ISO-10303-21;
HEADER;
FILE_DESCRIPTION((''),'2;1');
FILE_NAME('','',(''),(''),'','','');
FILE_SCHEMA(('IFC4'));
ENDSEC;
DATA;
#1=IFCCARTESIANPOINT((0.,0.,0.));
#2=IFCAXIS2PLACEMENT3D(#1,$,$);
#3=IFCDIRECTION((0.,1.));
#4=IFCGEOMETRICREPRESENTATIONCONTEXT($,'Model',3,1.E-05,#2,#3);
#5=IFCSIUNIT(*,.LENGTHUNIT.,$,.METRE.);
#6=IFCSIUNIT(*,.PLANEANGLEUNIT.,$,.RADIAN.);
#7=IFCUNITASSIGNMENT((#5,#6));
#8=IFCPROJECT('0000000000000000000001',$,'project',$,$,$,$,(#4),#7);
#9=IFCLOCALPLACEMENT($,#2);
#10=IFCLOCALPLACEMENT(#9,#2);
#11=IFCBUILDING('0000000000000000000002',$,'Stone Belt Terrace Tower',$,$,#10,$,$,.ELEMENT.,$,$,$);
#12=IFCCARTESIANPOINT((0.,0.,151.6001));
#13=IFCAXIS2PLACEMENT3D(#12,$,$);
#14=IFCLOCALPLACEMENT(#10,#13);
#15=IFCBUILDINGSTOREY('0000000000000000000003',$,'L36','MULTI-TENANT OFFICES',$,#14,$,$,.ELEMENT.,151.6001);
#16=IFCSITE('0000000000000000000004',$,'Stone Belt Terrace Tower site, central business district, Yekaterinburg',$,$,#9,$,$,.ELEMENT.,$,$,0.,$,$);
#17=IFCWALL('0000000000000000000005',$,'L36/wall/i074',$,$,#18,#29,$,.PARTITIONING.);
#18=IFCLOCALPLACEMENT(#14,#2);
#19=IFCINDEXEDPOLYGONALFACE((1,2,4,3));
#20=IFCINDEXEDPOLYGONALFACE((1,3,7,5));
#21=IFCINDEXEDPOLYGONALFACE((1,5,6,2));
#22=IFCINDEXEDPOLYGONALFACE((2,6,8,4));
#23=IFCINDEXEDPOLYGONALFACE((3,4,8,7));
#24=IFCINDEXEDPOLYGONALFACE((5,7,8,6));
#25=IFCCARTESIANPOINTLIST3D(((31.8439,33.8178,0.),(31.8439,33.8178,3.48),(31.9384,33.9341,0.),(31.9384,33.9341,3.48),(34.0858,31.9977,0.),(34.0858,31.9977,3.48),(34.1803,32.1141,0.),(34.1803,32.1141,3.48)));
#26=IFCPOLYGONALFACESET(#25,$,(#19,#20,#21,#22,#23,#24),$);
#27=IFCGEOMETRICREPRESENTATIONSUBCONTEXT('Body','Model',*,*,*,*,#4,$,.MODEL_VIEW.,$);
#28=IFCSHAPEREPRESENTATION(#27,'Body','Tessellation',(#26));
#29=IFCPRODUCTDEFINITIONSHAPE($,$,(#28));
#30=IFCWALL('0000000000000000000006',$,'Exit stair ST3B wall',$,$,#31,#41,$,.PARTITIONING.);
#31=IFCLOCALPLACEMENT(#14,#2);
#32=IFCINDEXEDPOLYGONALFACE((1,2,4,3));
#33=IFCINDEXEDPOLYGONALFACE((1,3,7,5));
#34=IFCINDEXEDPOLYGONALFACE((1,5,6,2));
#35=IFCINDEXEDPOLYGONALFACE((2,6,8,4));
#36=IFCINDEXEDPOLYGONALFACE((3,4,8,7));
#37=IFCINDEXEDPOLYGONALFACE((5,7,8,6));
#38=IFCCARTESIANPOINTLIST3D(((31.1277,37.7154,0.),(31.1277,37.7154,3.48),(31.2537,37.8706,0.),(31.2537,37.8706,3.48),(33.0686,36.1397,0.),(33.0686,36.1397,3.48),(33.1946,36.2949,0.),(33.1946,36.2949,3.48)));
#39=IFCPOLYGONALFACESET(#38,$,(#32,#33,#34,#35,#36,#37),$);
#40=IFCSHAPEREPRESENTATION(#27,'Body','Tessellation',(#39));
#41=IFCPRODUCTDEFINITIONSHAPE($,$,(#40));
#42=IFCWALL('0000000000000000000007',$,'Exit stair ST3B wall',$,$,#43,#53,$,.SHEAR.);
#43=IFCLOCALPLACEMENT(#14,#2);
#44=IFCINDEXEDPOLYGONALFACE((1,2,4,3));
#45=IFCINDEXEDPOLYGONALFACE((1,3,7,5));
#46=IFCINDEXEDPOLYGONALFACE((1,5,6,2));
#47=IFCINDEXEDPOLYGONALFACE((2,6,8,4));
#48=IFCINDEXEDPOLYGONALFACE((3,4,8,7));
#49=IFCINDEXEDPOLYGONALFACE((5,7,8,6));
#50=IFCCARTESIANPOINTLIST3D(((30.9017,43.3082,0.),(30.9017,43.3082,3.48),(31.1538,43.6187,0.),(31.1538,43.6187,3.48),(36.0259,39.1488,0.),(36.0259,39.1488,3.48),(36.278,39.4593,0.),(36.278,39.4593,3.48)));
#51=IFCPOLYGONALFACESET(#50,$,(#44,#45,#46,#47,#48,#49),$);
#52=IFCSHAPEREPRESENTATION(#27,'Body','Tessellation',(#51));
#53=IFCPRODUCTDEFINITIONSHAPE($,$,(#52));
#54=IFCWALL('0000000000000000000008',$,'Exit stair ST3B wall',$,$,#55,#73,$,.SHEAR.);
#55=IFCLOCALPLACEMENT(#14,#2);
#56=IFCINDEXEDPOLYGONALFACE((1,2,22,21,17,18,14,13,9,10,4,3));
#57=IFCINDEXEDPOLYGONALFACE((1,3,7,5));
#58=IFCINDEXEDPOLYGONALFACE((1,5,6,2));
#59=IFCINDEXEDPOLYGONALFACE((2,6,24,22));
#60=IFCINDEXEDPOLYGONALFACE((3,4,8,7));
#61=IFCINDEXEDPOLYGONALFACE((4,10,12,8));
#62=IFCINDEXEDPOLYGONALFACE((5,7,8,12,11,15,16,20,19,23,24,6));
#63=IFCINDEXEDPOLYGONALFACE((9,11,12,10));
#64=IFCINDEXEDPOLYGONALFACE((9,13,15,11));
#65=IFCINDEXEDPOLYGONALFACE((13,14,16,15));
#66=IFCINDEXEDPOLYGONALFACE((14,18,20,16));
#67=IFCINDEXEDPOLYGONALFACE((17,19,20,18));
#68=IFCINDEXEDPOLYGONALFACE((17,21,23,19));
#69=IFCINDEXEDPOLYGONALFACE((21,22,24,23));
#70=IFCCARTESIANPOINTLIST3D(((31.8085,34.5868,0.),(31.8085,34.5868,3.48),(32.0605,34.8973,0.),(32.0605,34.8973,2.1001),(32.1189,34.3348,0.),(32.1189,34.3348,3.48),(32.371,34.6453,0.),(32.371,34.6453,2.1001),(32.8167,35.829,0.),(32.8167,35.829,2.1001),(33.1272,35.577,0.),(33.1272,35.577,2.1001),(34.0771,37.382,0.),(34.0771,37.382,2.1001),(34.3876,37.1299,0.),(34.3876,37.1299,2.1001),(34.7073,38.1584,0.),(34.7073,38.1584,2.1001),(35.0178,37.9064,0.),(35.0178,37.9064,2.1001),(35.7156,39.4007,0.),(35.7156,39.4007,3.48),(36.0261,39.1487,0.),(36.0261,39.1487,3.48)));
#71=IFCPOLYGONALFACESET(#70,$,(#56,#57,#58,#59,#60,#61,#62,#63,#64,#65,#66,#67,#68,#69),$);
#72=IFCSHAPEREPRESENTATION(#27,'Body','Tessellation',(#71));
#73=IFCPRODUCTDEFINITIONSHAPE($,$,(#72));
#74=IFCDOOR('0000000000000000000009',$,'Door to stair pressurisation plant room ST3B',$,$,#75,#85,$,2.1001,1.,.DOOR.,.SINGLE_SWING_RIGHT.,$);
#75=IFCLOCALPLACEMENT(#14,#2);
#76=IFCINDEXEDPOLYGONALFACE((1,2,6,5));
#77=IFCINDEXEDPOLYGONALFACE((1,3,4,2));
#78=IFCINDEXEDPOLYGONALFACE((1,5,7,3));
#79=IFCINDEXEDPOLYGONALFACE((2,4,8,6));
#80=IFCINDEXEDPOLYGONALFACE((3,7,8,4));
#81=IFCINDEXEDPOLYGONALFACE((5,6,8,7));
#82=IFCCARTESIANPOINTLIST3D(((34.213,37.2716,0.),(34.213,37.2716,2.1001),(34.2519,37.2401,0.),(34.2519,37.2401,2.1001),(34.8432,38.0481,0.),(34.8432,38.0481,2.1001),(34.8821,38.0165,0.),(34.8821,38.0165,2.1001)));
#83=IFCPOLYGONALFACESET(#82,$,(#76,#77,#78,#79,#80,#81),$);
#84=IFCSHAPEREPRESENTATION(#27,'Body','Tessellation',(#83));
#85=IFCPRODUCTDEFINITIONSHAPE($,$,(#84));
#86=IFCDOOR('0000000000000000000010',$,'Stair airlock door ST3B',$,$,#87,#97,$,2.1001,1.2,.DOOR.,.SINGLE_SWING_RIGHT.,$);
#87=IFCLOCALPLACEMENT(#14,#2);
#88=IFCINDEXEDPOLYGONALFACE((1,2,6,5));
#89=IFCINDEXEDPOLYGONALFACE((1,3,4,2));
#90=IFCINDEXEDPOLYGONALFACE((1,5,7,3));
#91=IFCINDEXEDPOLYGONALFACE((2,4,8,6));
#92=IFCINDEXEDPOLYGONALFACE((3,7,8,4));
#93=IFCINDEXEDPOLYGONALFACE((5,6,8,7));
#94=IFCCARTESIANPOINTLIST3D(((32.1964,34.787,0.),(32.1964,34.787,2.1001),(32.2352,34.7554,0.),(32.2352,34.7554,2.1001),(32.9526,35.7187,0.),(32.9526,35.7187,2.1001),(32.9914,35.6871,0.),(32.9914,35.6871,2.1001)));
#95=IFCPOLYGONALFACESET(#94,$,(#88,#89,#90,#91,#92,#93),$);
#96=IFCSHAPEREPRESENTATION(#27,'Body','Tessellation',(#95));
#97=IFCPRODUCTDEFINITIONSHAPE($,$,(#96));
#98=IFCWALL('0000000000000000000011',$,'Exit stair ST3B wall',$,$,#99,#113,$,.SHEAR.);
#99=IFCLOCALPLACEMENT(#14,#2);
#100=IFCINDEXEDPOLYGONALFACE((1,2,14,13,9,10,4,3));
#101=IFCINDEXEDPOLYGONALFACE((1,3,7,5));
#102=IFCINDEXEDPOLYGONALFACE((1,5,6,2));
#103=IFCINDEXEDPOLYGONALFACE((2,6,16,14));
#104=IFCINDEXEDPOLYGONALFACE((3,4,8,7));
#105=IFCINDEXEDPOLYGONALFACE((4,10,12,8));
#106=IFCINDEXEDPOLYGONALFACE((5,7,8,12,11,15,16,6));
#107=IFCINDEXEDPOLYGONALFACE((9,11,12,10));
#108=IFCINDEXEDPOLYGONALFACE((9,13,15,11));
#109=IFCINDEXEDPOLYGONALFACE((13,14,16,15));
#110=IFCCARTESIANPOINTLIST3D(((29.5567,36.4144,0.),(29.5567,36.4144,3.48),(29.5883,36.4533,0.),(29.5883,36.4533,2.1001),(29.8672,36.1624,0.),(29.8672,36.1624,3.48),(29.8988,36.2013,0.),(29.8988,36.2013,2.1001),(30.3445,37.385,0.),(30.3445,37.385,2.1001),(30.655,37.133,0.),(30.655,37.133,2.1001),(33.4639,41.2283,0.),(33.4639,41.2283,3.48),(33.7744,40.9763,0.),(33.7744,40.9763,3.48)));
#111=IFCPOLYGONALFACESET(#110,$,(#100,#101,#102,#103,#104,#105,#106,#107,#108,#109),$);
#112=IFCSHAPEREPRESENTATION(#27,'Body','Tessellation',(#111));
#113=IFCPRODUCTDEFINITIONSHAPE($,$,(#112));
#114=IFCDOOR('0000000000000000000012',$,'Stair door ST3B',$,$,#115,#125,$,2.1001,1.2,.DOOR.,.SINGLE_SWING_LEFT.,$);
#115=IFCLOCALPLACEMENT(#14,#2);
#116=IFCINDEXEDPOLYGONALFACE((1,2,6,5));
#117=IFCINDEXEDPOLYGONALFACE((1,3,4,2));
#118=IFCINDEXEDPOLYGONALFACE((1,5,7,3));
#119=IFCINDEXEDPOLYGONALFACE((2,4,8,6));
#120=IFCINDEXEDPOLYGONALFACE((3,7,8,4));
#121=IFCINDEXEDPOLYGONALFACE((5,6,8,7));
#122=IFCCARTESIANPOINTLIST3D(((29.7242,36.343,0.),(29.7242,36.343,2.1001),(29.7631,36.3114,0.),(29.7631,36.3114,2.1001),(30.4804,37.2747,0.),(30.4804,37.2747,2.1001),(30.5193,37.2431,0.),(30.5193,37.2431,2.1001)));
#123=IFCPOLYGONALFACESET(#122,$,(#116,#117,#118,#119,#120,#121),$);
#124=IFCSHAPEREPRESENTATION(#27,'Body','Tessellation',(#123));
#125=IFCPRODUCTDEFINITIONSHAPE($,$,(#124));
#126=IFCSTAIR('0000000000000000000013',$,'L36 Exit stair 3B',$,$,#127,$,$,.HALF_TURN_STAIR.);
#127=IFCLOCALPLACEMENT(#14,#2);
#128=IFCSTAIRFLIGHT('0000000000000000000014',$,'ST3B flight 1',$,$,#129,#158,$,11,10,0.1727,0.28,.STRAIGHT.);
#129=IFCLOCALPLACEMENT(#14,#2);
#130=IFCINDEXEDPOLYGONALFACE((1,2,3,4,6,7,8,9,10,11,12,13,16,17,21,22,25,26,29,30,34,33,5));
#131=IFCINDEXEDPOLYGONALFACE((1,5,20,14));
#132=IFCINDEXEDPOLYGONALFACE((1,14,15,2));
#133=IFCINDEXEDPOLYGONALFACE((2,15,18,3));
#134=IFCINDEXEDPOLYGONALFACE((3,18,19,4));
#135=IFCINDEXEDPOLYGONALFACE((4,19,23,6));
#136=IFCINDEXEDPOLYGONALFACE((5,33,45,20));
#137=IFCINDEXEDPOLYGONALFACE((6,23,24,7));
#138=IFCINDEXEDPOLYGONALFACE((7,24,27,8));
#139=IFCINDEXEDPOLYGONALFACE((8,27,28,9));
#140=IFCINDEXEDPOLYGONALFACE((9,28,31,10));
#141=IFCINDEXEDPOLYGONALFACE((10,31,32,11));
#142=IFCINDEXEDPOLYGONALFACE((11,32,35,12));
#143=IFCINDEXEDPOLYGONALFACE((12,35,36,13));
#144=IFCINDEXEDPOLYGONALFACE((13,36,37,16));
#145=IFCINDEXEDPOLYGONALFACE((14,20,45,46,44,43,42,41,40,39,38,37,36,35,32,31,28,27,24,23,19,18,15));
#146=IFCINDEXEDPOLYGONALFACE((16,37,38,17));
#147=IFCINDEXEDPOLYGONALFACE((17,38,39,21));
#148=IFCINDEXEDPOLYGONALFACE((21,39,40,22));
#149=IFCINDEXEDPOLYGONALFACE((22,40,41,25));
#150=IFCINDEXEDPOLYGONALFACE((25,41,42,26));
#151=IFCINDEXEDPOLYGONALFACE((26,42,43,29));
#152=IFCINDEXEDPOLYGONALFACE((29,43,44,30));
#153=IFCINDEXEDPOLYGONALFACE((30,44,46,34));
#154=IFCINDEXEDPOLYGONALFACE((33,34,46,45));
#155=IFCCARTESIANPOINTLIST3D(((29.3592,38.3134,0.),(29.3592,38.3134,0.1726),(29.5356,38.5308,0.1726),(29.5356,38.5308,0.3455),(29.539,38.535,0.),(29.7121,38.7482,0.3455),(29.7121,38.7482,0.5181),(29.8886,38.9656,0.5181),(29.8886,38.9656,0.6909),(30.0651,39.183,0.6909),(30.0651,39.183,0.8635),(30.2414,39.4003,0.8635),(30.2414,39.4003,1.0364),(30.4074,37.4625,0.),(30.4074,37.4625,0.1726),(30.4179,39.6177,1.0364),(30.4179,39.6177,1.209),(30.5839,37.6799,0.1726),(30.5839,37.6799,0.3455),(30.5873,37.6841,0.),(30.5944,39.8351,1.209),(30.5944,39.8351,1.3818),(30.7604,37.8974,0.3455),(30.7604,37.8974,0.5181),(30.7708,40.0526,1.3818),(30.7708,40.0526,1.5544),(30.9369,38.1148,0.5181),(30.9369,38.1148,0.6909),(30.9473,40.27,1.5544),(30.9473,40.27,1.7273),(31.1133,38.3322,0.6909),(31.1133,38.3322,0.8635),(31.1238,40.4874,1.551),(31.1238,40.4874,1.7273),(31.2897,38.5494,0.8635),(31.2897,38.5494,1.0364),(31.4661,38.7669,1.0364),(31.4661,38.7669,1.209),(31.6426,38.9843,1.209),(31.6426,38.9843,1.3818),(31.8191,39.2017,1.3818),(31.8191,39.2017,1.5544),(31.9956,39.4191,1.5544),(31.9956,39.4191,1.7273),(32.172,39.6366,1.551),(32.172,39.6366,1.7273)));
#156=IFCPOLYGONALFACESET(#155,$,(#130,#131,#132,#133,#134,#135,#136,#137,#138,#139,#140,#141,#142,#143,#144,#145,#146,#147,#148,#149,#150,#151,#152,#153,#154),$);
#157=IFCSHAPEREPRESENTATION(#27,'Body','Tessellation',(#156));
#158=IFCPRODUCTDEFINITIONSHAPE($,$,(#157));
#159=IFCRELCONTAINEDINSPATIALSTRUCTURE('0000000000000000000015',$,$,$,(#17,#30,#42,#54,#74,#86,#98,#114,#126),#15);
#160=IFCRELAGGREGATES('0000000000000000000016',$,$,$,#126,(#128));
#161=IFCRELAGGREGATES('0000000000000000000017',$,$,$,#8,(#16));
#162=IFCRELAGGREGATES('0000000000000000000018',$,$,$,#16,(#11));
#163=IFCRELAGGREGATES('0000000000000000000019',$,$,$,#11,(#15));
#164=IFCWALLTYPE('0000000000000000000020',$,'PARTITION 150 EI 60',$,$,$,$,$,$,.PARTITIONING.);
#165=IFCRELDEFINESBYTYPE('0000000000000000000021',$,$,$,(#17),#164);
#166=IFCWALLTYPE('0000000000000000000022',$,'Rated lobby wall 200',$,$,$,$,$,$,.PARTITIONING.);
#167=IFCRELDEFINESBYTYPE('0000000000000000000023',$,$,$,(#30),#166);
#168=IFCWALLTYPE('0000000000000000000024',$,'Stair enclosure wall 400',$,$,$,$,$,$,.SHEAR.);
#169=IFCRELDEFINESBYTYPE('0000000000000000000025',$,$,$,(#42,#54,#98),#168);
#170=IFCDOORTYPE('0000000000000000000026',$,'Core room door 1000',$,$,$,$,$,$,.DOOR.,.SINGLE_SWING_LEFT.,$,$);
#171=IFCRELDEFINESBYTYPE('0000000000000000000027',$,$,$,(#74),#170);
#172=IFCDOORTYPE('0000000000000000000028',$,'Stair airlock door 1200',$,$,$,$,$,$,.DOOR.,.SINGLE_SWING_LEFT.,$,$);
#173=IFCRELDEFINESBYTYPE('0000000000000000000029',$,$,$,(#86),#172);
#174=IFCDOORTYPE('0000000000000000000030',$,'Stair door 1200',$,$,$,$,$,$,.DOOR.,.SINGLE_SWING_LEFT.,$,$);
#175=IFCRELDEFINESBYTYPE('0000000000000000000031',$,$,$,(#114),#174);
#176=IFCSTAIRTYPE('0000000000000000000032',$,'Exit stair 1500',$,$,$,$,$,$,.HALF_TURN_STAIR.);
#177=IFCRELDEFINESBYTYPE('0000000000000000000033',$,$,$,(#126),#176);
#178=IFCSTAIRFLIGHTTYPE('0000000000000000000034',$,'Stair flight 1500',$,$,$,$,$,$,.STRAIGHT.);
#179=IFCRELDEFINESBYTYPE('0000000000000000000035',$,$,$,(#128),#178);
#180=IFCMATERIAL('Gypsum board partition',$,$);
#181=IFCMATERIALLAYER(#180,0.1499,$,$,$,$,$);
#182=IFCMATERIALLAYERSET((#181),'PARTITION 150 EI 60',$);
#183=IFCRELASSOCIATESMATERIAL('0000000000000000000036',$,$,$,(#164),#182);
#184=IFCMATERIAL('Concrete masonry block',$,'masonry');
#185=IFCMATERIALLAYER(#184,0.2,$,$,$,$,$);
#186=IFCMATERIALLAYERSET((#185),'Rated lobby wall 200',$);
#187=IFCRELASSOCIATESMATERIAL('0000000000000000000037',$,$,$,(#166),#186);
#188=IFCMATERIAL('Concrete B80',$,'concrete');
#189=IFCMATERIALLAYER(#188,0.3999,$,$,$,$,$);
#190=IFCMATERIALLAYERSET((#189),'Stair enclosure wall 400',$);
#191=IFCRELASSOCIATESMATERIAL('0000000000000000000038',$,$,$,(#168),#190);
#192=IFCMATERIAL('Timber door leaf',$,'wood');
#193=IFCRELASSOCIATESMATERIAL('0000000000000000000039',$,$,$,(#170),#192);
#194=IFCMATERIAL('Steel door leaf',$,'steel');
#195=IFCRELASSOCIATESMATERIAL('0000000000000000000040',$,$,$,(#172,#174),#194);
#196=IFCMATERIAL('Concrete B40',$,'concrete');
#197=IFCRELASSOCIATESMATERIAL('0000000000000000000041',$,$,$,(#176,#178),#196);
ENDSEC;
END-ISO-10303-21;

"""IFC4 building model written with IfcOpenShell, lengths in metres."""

from ifc_helpers import new_model, si_unit, direction, frame, frame_2d, origin, place, context, subcontext, project, spatial, polyline, rectangle, outline, extrude, material, layer, layer_set, type_object, element, fill, aggregate, save


model = new_model("IFC4")

# Units and contexts
model_context = context("Model", 3, precision=1e-05, world=origin(), true_north=direction((0.0, 1.0)))
body_context = subcontext(model_context, "Body", "Model", "MODEL_VIEW")
ifc_project = project(units=[si_unit("LENGTHUNIT", "METRE"), si_unit("PLANEANGLEUNIT", "RADIAN")], contexts=[model_context])

# Site, building, storey
site_placement = place(None, origin())
site = spatial("IfcSite", under=ifc_project, at=site_placement, Name="Stone Belt Terrace Tower site, central business district, Yekaterinburg", CompositionType="ELEMENT", RefElevation=0.0)
building_placement = place(site_placement, origin())
building = spatial("IfcBuilding", under=site, at=building_placement, Name="Stone Belt Terrace Tower", CompositionType="ELEMENT")
storey_placement = place(building_placement, frame((0.0, 0.0, 151.6001)))
storey = spatial("IfcBuildingStorey", under=building, at=storey_placement, Name="L36", Description="MULTI-TENANT OFFICES", CompositionType="ELEMENT", Elevation=151.6001)

# Shared definitions
ifc_material_1 = material(Name="Concrete B80", Category="concrete")

# Shared definitions
ifc_material_2 = material(Name="Gypsum board partition")
ifc_layer_1 = layer(ifc_material_2, 0.1499)
ifc_layer_set_1 = layer_set([ifc_layer_1], Name="PARTITION 150 EI 60")
wall_type_1 = type_object("IfcWallType", Name="PARTITION 150 EI 60", PredefinedType="PARTITIONING", material=ifc_layer_set_1)

# Walls
wall_1_placement = place(storey_placement, frame((34.1331, 32.0559, 0.0), z_axis=(0.0, 0.0, 1.0), x_axis=(-0.77637, 0.630277, 0.0)))
element("IfcWall", 1, at=wall_1_placement, inside=storey, type_object=wall_type_1, Name="L36/wall/i074", PredefinedType="PARTITIONING", context=body_context, shape_type="SweptSolid", body=[
    extrude(rectangle(XDim=2.8877, YDim=0.1499, at=frame_2d((1.4438, 0.0))), origin(), (0.0, 0.0, 1.0), 3.48),
])
ifc_material_3 = material(Name="Concrete masonry block", Category="masonry")
ifc_layer_2 = layer(ifc_material_3, 0.2)
ifc_layer_set_2 = layer_set([ifc_layer_2], Name="Rated lobby wall 200")
wall_type_2 = type_object("IfcWallType", Name="Rated lobby wall 200", PredefinedType="PARTITIONING", material=ifc_layer_set_2)
wall_2_placement = place(storey_placement, frame((31.1907, 37.793, 0.0), z_axis=(0.0, 0.0, 1.0), x_axis=(0.776371, -0.630276, 0.0)))
element("IfcWall", 2, at=wall_2_placement, inside=storey, type_object=wall_type_2, Name="Exit stair ST3B wall", PredefinedType="PARTITIONING", context=body_context, shape_type="SweptSolid", body=[
    extrude(rectangle(XDim=2.5, YDim=0.2, at=frame_2d((1.25, 0.0))), origin(), (0.0, 0.0, 1.0), 3.48),
])
ifc_layer_3 = layer(ifc_material_1, 0.3999)
ifc_layer_set_3 = layer_set([ifc_layer_3], Name="Stair enclosure wall 400")
wall_type_3 = type_object("IfcWallType", Name="Stair enclosure wall 400", PredefinedType="SHEAR", material=ifc_layer_set_3)
wall_3_placement = place(storey_placement, frame((31.0278, 43.4634, 0.0), z_axis=(0.0, 0.0, 1.0), x_axis=(0.776414, -0.630224, 0.0)))
element("IfcWall", 3, at=wall_3_placement, inside=storey, type_object=wall_type_3, Name="Exit stair ST3B wall", PredefinedType="SHEAR", context=body_context, shape_type="SweptSolid", body=[
    extrude(rectangle(XDim=6.5999, YDim=0.3999, at=frame_2d((3.2998, 0.0))), origin(), (0.0, 0.0, 1.0), 3.48),
])

# Wall, openings, doors
wall_4_placement = place(storey_placement, frame((31.9636, 34.4607, 0.0), z_axis=(0.0, 0.0, 1.0), x_axis=(0.630192, 0.776439, 0.0)))
wall_4 = element("IfcWall", 4, at=wall_4_placement, inside=storey, type_object=wall_type_3, Name="Exit stair ST3B wall", PredefinedType="SHEAR", context=body_context, shape_type="SweptSolid", body=[
    extrude(rectangle(XDim=6.2, YDim=0.3999, at=frame_2d((3.1001, 0.0))), origin(), (0.0, 0.0, 1.0), 3.48),
])
opening_1_placement = place(wall_4_placement, frame((0.3999, 0.0, 0.0)))
opening_1 = element("IfcOpeningElement", 5, at=opening_1_placement, cuts=wall_4, PredefinedType="OPENING", context=body_context, shape_type="SweptSolid", body=[
    extrude(rectangle(XDim=1.2, YDim=2.1001, at=frame_2d((0.6001, 1.05))), frame((0.0, 0.21, 0.0), z_axis=(0.0, -1.0, 0.0), x_axis=(1.0, 0.0, 0.0)), (0.0, 0.0, 1.0), 0.4199),
])
opening_2_placement = place(wall_4_placement, frame((3.6001, 0.0, 0.0)))
opening_2 = element("IfcOpeningElement", 6, at=opening_2_placement, cuts=wall_4, PredefinedType="OPENING", context=body_context, shape_type="SweptSolid", body=[
    extrude(rectangle(XDim=1.0, YDim=2.1001, at=frame_2d((0.5, 1.05))), frame((0.0, 0.21, 0.0), z_axis=(0.0, -1.0, 0.0), x_axis=(1.0, 0.0, 0.0)), (0.0, 0.0, 1.0), 0.4199),
])
ifc_material_4 = material(Name="Timber door leaf", Category="wood")
door_type_1 = type_object("IfcDoorType", Name="Core room door 1000", OperationType="SINGLE_SWING_LEFT", PredefinedType="DOOR", material=ifc_material_4)
door_1_placement = place(opening_2_placement, origin())
door_1 = element("IfcDoor", 7, at=door_1_placement, inside=storey, type_object=door_type_1, Name="Door to stair pressurisation plant room ST3B", OperationType="SINGLE_SWING_RIGHT", OverallHeight=2.1001, OverallWidth=1.0, PredefinedType="DOOR", context=body_context, shape_type="SweptSolid", body=[
    extrude(rectangle(XDim=1.0, YDim=2.1001, at=frame_2d((0.5, 1.05))), frame((0.0, 0.0249, 0.0), z_axis=(0.0, -1.0, 0.0), x_axis=(1.0, 0.0, 0.0)), (0.0, 0.0, 1.0), 0.05),
])
fill(opening_2, door_1)
ifc_material_5 = material(Name="Steel door leaf", Category="steel")
door_type_2 = type_object("IfcDoorType", Name="Stair airlock door 1200", OperationType="SINGLE_SWING_LEFT", PredefinedType="DOOR", material=ifc_material_5)
door_2_placement = place(opening_1_placement, origin())
door_2 = element("IfcDoor", 8, at=door_2_placement, inside=storey, type_object=door_type_2, Name="Stair airlock door ST3B", OperationType="SINGLE_SWING_RIGHT", OverallHeight=2.1001, OverallWidth=1.2, PredefinedType="DOOR", context=body_context, shape_type="SweptSolid", body=[
    extrude(rectangle(XDim=1.2, YDim=2.1001, at=frame_2d((0.6001, 1.05))), frame((0.0, 0.0249, 0.0), z_axis=(0.0, -1.0, 0.0), x_axis=(1.0, 0.0, 0.0)), (0.0, 0.0, 1.0), 0.05),
])
fill(opening_1, door_2)

# Wall, opening, door
wall_5_placement = place(storey_placement, frame((29.7119, 36.2883, 0.0), z_axis=(0.0, 0.0, 1.0), x_axis=(0.630192, 0.776439, 0.0)))
wall_5 = element("IfcWall", 9, at=wall_5_placement, inside=storey, type_object=wall_type_3, Name="Exit stair ST3B wall", PredefinedType="SHEAR", context=body_context, shape_type="SweptSolid", body=[
    extrude(rectangle(XDim=6.2, YDim=0.3999, at=frame_2d((3.1001, 0.0))), origin(), (0.0, 0.0, 1.0), 3.48),
])
opening_3_placement = place(wall_5_placement, frame((0.05, 0.0, 0.0)))
opening_3 = element("IfcOpeningElement", 10, at=opening_3_placement, cuts=wall_5, PredefinedType="OPENING", context=body_context, shape_type="SweptSolid", body=[
    extrude(rectangle(XDim=1.2, YDim=2.1001, at=frame_2d((0.6001, 1.05))), frame((0.0, 0.21, 0.0), z_axis=(0.0, -1.0, 0.0), x_axis=(1.0, 0.0, 0.0)), (0.0, 0.0, 1.0), 0.4199),
])
door_type_3 = type_object("IfcDoorType", Name="Stair door 1200", OperationType="SINGLE_SWING_LEFT", PredefinedType="DOOR", material=ifc_material_5)
door_3_placement = place(opening_3_placement, origin())
door_3 = element("IfcDoor", 11, at=door_3_placement, inside=storey, type_object=door_type_3, Name="Stair door ST3B", OperationType="SINGLE_SWING_LEFT", OverallHeight=2.1001, OverallWidth=1.2, PredefinedType="DOOR", context=body_context, shape_type="SweptSolid", body=[
    extrude(rectangle(XDim=1.2, YDim=2.1001, at=frame_2d((0.6001, 1.05))), frame((0.0, 0.0249, 0.0), z_axis=(0.0, -1.0, 0.0), x_axis=(1.0, 0.0, 0.0)), (0.0, 0.0, 1.0), 0.05),
])
fill(opening_3, door_3)

# Stair, stair flight
ifc_material_6 = material(Name="Concrete B40", Category="concrete")
stair_type = type_object("IfcStairType", Name="Exit stair 1500", PredefinedType="HALF_TURN_STAIR", material=ifc_material_6)
stair_placement = place(storey_placement, origin())
stair = element("IfcStair", 12, at=stair_placement, inside=storey, type_object=stair_type, Name="L36 Exit stair 3B", PredefinedType="HALF_TURN_STAIR")
stair_flight_type = type_object("IfcStairFlightType", Name="Stair flight 1500", PredefinedType="STRAIGHT", material=ifc_material_6)
stair_flight_1_placement = place(storey_placement, frame((29.8833, 37.8879, 0.0), z_axis=(0.0, 0.0, 1.0), x_axis=(0.630206, 0.776428, 0.0)))
stair_flight_1 = element("IfcStairFlight", 13, at=stair_flight_1_placement, type_object=stair_flight_type, Name="ST3B flight 1", NumberOfRisers=11, NumberOfTreads=10, PredefinedType="STRAIGHT", RiserHeight=0.1727, TreadLength=0.28, context=body_context, shape_type="SweptSolid", body=[
    extrude(outline(polyline([(0.0, 0.0), (0.0, 0.1726), (0.28, 0.1726), (0.28, 0.3455), (0.5601, 0.3455), (0.5601, 0.5181), (0.8401, 0.5181), (0.8401, 0.6909), (1.1201, 0.6909), (1.1201, 0.8635), (1.3999, 0.8635), (1.3999, 1.0364), (1.6799, 1.0364), (1.6799, 1.209), (1.96, 1.209), (1.96, 1.3818), (2.24, 1.3818), (2.24, 1.5544), (2.52, 1.5544), (2.52, 1.7273), (2.8, 1.7273), (2.8, 1.8999), (2.8, 1.551), (0.2854, 0.0), (0.0, 0.0)])), frame((0.0, 0.675, 0.0), z_axis=(0.0, -1.0, 0.0), x_axis=(1.0, 0.0, 0.0)), (0.0, 0.0, 1.0), 1.3501),
])
aggregate(stair, [stair_flight_1])

save(model, "model.ifc")
